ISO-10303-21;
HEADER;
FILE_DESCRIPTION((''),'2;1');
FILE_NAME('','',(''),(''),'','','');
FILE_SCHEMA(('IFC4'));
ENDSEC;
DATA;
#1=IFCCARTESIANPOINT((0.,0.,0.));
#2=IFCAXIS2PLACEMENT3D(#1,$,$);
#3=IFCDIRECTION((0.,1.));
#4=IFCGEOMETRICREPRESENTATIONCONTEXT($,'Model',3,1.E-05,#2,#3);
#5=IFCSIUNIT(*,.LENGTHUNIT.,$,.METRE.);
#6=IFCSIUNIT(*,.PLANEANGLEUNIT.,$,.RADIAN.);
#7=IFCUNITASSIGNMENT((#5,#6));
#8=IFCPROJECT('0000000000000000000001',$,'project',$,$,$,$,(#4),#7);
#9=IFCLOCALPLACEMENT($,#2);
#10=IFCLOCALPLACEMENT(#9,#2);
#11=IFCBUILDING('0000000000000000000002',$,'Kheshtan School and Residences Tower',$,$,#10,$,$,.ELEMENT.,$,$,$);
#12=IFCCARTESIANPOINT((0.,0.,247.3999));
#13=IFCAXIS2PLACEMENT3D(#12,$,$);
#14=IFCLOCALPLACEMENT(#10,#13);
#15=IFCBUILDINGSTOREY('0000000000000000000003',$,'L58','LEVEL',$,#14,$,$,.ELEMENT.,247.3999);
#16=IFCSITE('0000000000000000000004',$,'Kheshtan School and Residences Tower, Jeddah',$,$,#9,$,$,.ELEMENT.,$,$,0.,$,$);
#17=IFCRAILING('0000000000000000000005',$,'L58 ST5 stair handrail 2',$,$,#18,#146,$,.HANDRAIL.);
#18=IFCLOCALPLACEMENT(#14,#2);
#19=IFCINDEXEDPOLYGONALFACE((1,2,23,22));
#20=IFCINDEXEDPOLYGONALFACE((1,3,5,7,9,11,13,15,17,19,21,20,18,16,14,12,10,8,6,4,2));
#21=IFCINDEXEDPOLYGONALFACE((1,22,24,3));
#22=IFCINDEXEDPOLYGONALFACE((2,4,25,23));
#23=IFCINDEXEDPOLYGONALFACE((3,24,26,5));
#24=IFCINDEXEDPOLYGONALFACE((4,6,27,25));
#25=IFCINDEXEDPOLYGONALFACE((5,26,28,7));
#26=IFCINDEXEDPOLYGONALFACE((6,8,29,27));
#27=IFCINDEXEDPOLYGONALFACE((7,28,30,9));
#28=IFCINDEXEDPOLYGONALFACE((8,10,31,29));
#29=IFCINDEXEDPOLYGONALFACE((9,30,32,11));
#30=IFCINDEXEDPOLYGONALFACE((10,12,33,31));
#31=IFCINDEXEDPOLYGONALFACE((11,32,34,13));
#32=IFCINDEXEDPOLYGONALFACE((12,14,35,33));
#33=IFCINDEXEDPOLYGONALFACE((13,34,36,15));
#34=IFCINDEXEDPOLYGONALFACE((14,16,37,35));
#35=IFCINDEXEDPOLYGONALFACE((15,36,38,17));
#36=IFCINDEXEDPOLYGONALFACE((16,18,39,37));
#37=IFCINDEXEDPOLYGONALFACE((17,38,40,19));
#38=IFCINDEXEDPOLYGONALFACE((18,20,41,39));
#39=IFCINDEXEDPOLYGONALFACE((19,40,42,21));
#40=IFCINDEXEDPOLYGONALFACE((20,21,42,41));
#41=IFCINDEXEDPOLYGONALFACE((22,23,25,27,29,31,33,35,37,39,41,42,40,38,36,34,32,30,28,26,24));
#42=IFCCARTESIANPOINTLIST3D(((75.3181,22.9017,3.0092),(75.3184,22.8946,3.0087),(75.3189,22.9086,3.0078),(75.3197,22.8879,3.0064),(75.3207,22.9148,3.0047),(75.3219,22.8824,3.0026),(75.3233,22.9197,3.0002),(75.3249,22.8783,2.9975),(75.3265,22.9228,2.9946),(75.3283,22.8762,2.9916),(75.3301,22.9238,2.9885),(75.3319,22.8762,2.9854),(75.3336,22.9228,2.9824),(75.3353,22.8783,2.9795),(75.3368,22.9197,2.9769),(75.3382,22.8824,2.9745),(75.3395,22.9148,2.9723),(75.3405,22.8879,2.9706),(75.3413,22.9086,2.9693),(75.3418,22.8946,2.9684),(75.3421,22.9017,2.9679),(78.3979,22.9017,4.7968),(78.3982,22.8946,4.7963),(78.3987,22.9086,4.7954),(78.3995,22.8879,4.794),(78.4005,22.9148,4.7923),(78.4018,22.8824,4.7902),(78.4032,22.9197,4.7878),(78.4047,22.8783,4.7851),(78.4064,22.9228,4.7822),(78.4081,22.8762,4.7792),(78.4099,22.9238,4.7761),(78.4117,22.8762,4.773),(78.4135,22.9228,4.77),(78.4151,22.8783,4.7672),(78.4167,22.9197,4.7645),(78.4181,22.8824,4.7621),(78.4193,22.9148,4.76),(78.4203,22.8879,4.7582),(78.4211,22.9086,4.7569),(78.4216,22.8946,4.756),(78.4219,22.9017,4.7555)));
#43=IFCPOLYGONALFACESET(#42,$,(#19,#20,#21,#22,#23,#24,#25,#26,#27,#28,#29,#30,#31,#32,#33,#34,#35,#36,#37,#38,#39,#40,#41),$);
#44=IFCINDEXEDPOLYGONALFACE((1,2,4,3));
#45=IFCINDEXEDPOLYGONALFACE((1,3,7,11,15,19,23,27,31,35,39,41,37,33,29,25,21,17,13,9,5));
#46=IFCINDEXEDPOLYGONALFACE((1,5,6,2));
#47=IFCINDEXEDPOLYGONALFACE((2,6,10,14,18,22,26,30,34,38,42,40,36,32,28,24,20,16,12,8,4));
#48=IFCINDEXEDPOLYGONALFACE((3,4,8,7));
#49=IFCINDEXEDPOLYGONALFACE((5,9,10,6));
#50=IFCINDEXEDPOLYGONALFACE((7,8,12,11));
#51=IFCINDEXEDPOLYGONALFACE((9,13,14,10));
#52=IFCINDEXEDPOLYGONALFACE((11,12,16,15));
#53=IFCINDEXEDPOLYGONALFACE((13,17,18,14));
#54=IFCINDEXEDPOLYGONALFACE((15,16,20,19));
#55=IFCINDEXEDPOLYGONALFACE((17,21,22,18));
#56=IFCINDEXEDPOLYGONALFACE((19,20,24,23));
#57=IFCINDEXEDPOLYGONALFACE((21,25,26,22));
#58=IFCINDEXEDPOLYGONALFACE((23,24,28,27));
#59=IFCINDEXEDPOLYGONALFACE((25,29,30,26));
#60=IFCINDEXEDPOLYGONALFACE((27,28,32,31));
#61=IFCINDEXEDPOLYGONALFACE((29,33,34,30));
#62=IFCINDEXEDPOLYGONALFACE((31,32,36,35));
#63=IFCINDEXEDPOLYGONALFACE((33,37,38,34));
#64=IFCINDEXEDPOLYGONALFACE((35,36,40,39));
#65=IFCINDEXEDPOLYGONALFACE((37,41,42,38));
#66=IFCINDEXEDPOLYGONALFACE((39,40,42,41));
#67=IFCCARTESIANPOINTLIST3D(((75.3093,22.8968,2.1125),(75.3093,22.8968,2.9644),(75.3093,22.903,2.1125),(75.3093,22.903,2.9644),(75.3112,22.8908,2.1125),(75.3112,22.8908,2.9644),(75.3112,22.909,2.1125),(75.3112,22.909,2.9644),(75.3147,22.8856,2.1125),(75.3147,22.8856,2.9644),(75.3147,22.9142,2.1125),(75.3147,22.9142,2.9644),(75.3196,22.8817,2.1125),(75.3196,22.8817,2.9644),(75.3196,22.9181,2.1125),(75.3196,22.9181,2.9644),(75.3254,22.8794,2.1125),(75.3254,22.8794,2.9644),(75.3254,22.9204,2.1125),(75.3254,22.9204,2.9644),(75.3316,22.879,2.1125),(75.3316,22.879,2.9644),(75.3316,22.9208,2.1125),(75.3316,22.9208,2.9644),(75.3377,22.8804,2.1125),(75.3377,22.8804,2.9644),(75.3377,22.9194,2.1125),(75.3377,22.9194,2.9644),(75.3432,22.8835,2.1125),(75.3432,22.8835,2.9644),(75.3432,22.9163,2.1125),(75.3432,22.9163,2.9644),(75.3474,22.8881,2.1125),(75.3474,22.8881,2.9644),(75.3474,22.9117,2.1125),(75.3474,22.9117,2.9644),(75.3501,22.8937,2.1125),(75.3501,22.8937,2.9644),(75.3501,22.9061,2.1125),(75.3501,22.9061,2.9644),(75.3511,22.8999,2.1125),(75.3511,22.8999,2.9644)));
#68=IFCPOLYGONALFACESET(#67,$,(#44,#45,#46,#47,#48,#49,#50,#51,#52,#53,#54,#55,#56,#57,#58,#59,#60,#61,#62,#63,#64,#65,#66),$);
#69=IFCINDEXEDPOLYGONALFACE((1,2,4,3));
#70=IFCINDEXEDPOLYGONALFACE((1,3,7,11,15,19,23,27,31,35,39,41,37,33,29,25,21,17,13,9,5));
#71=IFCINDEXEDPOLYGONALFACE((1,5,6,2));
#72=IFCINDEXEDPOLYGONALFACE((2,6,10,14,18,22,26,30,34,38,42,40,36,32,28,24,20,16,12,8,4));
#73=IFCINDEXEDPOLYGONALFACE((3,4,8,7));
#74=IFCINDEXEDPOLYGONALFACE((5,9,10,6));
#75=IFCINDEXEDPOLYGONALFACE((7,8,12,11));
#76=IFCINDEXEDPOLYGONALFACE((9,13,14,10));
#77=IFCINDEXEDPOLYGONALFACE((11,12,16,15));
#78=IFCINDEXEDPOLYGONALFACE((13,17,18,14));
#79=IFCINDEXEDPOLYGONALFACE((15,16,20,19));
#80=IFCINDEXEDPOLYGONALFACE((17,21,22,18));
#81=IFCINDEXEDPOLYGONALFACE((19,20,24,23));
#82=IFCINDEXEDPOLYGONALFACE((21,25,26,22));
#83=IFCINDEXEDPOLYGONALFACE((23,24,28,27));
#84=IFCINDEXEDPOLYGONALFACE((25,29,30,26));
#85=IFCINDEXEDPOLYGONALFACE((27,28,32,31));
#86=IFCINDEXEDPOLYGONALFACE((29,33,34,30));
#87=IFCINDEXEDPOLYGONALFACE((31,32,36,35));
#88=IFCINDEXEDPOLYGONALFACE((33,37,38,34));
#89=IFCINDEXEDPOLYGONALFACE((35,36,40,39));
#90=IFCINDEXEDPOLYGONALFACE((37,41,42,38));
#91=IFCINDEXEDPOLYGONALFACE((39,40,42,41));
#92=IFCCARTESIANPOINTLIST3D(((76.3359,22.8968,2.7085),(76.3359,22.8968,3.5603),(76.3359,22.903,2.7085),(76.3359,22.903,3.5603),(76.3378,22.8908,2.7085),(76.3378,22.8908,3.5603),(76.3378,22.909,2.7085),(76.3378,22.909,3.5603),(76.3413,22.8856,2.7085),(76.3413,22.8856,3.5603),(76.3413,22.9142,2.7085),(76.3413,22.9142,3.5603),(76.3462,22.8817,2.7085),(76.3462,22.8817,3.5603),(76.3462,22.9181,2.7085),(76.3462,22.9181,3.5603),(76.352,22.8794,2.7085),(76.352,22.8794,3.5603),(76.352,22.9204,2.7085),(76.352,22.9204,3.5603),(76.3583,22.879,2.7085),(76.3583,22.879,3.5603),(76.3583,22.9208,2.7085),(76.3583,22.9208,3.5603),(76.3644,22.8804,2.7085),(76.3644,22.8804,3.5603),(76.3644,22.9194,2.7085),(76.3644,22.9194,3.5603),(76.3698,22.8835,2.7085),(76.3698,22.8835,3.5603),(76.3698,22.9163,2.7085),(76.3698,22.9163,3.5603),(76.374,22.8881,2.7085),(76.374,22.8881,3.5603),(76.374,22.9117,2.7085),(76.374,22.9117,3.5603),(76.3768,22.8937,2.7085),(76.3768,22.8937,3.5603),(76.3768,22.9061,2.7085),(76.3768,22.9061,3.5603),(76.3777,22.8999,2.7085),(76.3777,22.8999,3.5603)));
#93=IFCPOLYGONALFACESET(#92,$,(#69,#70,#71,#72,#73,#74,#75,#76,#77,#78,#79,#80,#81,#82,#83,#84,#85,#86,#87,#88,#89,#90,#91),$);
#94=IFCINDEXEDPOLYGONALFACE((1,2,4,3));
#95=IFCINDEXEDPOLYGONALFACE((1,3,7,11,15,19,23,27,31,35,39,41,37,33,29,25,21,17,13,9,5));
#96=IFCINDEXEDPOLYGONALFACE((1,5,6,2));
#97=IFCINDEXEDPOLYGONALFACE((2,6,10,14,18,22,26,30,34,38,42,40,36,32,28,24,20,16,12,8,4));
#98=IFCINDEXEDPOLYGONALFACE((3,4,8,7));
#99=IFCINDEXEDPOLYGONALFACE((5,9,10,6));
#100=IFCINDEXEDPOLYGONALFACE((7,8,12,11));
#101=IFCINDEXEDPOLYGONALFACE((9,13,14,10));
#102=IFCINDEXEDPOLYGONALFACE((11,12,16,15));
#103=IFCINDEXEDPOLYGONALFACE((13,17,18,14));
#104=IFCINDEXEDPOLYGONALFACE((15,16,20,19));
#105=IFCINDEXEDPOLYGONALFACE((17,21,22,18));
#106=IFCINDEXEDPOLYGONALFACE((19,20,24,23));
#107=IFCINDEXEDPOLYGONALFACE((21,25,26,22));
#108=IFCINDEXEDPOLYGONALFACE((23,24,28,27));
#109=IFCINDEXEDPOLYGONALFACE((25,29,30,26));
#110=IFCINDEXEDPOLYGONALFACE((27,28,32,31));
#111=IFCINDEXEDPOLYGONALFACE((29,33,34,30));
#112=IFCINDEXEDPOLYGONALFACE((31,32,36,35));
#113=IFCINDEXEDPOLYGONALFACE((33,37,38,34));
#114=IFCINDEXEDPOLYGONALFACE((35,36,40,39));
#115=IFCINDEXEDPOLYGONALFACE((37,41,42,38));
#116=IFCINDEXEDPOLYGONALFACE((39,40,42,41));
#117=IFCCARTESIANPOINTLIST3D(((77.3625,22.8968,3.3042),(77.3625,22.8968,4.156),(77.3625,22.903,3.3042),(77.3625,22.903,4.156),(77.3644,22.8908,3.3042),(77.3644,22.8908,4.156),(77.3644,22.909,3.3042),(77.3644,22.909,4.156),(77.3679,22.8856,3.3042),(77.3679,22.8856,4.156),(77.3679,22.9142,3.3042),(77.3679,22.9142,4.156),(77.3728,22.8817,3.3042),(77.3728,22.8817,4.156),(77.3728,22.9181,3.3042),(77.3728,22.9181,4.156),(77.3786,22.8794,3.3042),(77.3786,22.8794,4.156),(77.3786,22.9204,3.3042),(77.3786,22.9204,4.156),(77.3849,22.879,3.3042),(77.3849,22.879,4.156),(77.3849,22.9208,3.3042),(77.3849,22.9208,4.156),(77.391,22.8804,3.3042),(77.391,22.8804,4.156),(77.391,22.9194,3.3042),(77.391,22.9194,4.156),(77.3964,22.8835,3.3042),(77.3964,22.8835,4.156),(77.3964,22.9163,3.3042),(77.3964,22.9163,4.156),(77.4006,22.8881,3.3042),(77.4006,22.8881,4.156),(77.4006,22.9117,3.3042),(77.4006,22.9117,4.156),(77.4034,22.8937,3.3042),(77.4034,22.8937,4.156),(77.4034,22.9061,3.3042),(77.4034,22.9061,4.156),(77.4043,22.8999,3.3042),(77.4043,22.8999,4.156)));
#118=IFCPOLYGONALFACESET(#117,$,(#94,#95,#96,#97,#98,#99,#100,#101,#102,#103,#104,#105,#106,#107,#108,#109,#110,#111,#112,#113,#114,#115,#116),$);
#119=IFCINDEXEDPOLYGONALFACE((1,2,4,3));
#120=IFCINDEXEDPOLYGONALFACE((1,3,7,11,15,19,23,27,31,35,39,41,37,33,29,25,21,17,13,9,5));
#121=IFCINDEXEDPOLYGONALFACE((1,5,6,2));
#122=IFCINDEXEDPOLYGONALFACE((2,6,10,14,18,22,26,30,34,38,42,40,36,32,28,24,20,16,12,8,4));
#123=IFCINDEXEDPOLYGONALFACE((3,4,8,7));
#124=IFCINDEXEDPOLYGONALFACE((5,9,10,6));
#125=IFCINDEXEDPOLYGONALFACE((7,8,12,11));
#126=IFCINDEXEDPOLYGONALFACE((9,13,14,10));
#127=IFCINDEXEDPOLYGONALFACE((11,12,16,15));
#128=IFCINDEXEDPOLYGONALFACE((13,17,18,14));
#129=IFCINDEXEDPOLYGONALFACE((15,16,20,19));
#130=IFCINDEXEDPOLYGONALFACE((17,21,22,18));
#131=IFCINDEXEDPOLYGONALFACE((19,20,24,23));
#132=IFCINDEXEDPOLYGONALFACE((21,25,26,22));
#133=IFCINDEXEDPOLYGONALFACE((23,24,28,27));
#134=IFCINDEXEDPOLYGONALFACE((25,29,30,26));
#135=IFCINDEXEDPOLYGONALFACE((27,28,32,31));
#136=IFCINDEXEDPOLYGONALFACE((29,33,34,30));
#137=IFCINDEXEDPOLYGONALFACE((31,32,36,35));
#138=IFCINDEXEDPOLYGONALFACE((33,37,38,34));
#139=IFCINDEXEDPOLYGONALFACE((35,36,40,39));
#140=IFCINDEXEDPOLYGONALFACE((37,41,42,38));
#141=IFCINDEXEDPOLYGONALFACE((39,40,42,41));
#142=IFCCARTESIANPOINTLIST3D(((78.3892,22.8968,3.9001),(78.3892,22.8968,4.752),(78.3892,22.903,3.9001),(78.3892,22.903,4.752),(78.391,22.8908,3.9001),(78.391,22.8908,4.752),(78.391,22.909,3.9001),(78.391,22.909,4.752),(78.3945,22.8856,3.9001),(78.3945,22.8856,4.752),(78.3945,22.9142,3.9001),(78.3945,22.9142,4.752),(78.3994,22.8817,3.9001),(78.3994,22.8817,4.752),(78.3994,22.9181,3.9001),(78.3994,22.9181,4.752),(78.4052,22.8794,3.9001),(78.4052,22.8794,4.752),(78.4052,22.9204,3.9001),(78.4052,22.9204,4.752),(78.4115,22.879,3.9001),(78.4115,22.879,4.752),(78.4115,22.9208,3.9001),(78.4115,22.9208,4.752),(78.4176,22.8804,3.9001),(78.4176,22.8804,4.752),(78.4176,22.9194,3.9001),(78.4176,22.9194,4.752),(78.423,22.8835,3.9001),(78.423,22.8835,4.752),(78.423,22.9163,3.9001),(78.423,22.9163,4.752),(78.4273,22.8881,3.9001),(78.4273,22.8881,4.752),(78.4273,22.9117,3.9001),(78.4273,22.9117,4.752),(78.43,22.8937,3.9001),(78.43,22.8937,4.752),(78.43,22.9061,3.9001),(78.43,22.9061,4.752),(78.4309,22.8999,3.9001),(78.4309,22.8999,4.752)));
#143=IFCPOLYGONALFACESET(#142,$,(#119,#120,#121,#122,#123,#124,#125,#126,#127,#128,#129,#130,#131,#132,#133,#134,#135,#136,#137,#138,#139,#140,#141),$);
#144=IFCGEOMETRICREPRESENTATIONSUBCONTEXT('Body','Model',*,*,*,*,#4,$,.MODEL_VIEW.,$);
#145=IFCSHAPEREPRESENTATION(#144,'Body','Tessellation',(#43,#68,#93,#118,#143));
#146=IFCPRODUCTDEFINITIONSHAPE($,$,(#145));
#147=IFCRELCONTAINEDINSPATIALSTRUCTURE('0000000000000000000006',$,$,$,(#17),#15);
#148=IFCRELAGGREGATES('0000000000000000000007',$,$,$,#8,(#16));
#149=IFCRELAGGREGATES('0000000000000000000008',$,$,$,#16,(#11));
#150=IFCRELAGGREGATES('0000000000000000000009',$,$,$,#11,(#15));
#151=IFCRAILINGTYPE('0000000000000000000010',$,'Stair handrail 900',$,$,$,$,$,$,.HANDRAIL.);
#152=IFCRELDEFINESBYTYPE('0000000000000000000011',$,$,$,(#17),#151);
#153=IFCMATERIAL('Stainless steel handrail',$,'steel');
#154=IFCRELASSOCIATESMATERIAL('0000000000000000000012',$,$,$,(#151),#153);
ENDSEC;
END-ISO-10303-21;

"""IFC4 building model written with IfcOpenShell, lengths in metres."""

from ifc_helpers import new_model, si_unit, direction, frame, origin, origin_2d, place, context, subcontext, project, spatial, circle, extrude, material, type_object, element, save


model = new_model("IFC4")

# Units and contexts
model_context = context("Model", 3, precision=1e-05, world=origin(), true_north=direction((0.0, 1.0)))
body_context = subcontext(model_context, "Body", "Model", "MODEL_VIEW")
ifc_project = project(units=[si_unit("LENGTHUNIT", "METRE"), si_unit("PLANEANGLEUNIT", "RADIAN")], contexts=[model_context])

# Site, building, storey
site_placement = place(None, origin())
site = spatial("IfcSite", under=ifc_project, at=site_placement, Name="Kheshtan School and Residences Tower, Jeddah", CompositionType="ELEMENT", RefElevation=0.0)
building_placement = place(site_placement, origin())
building = spatial("IfcBuilding", under=site, at=building_placement, Name="Kheshtan School and Residences Tower", CompositionType="ELEMENT")
storey_placement = place(building_placement, frame((0.0, 0.0, 247.3999)))
storey = spatial("IfcBuildingStorey", under=building, at=storey_placement, Name="L58", Description="LEVEL", CompositionType="ELEMENT", Elevation=247.3999)

# Railing
ifc_material_1 = material(Name="Stainless steel handrail", Category="steel")
railing_type_1 = type_object("IfcRailingType", Name="Stair handrail 900", PredefinedType="HANDRAIL", material=ifc_material_1)
railing_1_placement = place(storey_placement, frame((75.3301, 22.8999, 2.1125)))
element("IfcRailing", 1, at=railing_1_placement, inside=storey, type_object=railing_type_1, Name="L58 ST5 stair handrail 2", PredefinedType="HANDRAIL", context=body_context, shape_type="SweptSolid", body=[
    extrude(circle(Radius=0.0239, at=origin_2d()), frame((0.0, 0.0, 0.876), z_axis=(0.864873, 0.0, 0.50199), x_axis=(0.0, 1.0, 0.0)), (0.0, 0.0, 1.0), 3.561),
    extrude(circle(Radius=0.021, at=origin_2d()), origin(), (0.0, 0.0, 1.0), 0.8518),
    extrude(circle(Radius=0.021, at=origin_2d()), frame((1.0266, 0.0, 0.5959)), (0.0, 0.0, 1.0), 0.8518),
    extrude(circle(Radius=0.021, at=origin_2d()), frame((2.0532, 0.0, 1.1917)), (0.0, 0.0, 1.0), 0.8518),
    extrude(circle(Radius=0.021, at=origin_2d()), frame((3.0798, 0.0, 1.7876)), (0.0, 0.0, 1.0), 0.8518),
])

save(model, "model.ifc")
